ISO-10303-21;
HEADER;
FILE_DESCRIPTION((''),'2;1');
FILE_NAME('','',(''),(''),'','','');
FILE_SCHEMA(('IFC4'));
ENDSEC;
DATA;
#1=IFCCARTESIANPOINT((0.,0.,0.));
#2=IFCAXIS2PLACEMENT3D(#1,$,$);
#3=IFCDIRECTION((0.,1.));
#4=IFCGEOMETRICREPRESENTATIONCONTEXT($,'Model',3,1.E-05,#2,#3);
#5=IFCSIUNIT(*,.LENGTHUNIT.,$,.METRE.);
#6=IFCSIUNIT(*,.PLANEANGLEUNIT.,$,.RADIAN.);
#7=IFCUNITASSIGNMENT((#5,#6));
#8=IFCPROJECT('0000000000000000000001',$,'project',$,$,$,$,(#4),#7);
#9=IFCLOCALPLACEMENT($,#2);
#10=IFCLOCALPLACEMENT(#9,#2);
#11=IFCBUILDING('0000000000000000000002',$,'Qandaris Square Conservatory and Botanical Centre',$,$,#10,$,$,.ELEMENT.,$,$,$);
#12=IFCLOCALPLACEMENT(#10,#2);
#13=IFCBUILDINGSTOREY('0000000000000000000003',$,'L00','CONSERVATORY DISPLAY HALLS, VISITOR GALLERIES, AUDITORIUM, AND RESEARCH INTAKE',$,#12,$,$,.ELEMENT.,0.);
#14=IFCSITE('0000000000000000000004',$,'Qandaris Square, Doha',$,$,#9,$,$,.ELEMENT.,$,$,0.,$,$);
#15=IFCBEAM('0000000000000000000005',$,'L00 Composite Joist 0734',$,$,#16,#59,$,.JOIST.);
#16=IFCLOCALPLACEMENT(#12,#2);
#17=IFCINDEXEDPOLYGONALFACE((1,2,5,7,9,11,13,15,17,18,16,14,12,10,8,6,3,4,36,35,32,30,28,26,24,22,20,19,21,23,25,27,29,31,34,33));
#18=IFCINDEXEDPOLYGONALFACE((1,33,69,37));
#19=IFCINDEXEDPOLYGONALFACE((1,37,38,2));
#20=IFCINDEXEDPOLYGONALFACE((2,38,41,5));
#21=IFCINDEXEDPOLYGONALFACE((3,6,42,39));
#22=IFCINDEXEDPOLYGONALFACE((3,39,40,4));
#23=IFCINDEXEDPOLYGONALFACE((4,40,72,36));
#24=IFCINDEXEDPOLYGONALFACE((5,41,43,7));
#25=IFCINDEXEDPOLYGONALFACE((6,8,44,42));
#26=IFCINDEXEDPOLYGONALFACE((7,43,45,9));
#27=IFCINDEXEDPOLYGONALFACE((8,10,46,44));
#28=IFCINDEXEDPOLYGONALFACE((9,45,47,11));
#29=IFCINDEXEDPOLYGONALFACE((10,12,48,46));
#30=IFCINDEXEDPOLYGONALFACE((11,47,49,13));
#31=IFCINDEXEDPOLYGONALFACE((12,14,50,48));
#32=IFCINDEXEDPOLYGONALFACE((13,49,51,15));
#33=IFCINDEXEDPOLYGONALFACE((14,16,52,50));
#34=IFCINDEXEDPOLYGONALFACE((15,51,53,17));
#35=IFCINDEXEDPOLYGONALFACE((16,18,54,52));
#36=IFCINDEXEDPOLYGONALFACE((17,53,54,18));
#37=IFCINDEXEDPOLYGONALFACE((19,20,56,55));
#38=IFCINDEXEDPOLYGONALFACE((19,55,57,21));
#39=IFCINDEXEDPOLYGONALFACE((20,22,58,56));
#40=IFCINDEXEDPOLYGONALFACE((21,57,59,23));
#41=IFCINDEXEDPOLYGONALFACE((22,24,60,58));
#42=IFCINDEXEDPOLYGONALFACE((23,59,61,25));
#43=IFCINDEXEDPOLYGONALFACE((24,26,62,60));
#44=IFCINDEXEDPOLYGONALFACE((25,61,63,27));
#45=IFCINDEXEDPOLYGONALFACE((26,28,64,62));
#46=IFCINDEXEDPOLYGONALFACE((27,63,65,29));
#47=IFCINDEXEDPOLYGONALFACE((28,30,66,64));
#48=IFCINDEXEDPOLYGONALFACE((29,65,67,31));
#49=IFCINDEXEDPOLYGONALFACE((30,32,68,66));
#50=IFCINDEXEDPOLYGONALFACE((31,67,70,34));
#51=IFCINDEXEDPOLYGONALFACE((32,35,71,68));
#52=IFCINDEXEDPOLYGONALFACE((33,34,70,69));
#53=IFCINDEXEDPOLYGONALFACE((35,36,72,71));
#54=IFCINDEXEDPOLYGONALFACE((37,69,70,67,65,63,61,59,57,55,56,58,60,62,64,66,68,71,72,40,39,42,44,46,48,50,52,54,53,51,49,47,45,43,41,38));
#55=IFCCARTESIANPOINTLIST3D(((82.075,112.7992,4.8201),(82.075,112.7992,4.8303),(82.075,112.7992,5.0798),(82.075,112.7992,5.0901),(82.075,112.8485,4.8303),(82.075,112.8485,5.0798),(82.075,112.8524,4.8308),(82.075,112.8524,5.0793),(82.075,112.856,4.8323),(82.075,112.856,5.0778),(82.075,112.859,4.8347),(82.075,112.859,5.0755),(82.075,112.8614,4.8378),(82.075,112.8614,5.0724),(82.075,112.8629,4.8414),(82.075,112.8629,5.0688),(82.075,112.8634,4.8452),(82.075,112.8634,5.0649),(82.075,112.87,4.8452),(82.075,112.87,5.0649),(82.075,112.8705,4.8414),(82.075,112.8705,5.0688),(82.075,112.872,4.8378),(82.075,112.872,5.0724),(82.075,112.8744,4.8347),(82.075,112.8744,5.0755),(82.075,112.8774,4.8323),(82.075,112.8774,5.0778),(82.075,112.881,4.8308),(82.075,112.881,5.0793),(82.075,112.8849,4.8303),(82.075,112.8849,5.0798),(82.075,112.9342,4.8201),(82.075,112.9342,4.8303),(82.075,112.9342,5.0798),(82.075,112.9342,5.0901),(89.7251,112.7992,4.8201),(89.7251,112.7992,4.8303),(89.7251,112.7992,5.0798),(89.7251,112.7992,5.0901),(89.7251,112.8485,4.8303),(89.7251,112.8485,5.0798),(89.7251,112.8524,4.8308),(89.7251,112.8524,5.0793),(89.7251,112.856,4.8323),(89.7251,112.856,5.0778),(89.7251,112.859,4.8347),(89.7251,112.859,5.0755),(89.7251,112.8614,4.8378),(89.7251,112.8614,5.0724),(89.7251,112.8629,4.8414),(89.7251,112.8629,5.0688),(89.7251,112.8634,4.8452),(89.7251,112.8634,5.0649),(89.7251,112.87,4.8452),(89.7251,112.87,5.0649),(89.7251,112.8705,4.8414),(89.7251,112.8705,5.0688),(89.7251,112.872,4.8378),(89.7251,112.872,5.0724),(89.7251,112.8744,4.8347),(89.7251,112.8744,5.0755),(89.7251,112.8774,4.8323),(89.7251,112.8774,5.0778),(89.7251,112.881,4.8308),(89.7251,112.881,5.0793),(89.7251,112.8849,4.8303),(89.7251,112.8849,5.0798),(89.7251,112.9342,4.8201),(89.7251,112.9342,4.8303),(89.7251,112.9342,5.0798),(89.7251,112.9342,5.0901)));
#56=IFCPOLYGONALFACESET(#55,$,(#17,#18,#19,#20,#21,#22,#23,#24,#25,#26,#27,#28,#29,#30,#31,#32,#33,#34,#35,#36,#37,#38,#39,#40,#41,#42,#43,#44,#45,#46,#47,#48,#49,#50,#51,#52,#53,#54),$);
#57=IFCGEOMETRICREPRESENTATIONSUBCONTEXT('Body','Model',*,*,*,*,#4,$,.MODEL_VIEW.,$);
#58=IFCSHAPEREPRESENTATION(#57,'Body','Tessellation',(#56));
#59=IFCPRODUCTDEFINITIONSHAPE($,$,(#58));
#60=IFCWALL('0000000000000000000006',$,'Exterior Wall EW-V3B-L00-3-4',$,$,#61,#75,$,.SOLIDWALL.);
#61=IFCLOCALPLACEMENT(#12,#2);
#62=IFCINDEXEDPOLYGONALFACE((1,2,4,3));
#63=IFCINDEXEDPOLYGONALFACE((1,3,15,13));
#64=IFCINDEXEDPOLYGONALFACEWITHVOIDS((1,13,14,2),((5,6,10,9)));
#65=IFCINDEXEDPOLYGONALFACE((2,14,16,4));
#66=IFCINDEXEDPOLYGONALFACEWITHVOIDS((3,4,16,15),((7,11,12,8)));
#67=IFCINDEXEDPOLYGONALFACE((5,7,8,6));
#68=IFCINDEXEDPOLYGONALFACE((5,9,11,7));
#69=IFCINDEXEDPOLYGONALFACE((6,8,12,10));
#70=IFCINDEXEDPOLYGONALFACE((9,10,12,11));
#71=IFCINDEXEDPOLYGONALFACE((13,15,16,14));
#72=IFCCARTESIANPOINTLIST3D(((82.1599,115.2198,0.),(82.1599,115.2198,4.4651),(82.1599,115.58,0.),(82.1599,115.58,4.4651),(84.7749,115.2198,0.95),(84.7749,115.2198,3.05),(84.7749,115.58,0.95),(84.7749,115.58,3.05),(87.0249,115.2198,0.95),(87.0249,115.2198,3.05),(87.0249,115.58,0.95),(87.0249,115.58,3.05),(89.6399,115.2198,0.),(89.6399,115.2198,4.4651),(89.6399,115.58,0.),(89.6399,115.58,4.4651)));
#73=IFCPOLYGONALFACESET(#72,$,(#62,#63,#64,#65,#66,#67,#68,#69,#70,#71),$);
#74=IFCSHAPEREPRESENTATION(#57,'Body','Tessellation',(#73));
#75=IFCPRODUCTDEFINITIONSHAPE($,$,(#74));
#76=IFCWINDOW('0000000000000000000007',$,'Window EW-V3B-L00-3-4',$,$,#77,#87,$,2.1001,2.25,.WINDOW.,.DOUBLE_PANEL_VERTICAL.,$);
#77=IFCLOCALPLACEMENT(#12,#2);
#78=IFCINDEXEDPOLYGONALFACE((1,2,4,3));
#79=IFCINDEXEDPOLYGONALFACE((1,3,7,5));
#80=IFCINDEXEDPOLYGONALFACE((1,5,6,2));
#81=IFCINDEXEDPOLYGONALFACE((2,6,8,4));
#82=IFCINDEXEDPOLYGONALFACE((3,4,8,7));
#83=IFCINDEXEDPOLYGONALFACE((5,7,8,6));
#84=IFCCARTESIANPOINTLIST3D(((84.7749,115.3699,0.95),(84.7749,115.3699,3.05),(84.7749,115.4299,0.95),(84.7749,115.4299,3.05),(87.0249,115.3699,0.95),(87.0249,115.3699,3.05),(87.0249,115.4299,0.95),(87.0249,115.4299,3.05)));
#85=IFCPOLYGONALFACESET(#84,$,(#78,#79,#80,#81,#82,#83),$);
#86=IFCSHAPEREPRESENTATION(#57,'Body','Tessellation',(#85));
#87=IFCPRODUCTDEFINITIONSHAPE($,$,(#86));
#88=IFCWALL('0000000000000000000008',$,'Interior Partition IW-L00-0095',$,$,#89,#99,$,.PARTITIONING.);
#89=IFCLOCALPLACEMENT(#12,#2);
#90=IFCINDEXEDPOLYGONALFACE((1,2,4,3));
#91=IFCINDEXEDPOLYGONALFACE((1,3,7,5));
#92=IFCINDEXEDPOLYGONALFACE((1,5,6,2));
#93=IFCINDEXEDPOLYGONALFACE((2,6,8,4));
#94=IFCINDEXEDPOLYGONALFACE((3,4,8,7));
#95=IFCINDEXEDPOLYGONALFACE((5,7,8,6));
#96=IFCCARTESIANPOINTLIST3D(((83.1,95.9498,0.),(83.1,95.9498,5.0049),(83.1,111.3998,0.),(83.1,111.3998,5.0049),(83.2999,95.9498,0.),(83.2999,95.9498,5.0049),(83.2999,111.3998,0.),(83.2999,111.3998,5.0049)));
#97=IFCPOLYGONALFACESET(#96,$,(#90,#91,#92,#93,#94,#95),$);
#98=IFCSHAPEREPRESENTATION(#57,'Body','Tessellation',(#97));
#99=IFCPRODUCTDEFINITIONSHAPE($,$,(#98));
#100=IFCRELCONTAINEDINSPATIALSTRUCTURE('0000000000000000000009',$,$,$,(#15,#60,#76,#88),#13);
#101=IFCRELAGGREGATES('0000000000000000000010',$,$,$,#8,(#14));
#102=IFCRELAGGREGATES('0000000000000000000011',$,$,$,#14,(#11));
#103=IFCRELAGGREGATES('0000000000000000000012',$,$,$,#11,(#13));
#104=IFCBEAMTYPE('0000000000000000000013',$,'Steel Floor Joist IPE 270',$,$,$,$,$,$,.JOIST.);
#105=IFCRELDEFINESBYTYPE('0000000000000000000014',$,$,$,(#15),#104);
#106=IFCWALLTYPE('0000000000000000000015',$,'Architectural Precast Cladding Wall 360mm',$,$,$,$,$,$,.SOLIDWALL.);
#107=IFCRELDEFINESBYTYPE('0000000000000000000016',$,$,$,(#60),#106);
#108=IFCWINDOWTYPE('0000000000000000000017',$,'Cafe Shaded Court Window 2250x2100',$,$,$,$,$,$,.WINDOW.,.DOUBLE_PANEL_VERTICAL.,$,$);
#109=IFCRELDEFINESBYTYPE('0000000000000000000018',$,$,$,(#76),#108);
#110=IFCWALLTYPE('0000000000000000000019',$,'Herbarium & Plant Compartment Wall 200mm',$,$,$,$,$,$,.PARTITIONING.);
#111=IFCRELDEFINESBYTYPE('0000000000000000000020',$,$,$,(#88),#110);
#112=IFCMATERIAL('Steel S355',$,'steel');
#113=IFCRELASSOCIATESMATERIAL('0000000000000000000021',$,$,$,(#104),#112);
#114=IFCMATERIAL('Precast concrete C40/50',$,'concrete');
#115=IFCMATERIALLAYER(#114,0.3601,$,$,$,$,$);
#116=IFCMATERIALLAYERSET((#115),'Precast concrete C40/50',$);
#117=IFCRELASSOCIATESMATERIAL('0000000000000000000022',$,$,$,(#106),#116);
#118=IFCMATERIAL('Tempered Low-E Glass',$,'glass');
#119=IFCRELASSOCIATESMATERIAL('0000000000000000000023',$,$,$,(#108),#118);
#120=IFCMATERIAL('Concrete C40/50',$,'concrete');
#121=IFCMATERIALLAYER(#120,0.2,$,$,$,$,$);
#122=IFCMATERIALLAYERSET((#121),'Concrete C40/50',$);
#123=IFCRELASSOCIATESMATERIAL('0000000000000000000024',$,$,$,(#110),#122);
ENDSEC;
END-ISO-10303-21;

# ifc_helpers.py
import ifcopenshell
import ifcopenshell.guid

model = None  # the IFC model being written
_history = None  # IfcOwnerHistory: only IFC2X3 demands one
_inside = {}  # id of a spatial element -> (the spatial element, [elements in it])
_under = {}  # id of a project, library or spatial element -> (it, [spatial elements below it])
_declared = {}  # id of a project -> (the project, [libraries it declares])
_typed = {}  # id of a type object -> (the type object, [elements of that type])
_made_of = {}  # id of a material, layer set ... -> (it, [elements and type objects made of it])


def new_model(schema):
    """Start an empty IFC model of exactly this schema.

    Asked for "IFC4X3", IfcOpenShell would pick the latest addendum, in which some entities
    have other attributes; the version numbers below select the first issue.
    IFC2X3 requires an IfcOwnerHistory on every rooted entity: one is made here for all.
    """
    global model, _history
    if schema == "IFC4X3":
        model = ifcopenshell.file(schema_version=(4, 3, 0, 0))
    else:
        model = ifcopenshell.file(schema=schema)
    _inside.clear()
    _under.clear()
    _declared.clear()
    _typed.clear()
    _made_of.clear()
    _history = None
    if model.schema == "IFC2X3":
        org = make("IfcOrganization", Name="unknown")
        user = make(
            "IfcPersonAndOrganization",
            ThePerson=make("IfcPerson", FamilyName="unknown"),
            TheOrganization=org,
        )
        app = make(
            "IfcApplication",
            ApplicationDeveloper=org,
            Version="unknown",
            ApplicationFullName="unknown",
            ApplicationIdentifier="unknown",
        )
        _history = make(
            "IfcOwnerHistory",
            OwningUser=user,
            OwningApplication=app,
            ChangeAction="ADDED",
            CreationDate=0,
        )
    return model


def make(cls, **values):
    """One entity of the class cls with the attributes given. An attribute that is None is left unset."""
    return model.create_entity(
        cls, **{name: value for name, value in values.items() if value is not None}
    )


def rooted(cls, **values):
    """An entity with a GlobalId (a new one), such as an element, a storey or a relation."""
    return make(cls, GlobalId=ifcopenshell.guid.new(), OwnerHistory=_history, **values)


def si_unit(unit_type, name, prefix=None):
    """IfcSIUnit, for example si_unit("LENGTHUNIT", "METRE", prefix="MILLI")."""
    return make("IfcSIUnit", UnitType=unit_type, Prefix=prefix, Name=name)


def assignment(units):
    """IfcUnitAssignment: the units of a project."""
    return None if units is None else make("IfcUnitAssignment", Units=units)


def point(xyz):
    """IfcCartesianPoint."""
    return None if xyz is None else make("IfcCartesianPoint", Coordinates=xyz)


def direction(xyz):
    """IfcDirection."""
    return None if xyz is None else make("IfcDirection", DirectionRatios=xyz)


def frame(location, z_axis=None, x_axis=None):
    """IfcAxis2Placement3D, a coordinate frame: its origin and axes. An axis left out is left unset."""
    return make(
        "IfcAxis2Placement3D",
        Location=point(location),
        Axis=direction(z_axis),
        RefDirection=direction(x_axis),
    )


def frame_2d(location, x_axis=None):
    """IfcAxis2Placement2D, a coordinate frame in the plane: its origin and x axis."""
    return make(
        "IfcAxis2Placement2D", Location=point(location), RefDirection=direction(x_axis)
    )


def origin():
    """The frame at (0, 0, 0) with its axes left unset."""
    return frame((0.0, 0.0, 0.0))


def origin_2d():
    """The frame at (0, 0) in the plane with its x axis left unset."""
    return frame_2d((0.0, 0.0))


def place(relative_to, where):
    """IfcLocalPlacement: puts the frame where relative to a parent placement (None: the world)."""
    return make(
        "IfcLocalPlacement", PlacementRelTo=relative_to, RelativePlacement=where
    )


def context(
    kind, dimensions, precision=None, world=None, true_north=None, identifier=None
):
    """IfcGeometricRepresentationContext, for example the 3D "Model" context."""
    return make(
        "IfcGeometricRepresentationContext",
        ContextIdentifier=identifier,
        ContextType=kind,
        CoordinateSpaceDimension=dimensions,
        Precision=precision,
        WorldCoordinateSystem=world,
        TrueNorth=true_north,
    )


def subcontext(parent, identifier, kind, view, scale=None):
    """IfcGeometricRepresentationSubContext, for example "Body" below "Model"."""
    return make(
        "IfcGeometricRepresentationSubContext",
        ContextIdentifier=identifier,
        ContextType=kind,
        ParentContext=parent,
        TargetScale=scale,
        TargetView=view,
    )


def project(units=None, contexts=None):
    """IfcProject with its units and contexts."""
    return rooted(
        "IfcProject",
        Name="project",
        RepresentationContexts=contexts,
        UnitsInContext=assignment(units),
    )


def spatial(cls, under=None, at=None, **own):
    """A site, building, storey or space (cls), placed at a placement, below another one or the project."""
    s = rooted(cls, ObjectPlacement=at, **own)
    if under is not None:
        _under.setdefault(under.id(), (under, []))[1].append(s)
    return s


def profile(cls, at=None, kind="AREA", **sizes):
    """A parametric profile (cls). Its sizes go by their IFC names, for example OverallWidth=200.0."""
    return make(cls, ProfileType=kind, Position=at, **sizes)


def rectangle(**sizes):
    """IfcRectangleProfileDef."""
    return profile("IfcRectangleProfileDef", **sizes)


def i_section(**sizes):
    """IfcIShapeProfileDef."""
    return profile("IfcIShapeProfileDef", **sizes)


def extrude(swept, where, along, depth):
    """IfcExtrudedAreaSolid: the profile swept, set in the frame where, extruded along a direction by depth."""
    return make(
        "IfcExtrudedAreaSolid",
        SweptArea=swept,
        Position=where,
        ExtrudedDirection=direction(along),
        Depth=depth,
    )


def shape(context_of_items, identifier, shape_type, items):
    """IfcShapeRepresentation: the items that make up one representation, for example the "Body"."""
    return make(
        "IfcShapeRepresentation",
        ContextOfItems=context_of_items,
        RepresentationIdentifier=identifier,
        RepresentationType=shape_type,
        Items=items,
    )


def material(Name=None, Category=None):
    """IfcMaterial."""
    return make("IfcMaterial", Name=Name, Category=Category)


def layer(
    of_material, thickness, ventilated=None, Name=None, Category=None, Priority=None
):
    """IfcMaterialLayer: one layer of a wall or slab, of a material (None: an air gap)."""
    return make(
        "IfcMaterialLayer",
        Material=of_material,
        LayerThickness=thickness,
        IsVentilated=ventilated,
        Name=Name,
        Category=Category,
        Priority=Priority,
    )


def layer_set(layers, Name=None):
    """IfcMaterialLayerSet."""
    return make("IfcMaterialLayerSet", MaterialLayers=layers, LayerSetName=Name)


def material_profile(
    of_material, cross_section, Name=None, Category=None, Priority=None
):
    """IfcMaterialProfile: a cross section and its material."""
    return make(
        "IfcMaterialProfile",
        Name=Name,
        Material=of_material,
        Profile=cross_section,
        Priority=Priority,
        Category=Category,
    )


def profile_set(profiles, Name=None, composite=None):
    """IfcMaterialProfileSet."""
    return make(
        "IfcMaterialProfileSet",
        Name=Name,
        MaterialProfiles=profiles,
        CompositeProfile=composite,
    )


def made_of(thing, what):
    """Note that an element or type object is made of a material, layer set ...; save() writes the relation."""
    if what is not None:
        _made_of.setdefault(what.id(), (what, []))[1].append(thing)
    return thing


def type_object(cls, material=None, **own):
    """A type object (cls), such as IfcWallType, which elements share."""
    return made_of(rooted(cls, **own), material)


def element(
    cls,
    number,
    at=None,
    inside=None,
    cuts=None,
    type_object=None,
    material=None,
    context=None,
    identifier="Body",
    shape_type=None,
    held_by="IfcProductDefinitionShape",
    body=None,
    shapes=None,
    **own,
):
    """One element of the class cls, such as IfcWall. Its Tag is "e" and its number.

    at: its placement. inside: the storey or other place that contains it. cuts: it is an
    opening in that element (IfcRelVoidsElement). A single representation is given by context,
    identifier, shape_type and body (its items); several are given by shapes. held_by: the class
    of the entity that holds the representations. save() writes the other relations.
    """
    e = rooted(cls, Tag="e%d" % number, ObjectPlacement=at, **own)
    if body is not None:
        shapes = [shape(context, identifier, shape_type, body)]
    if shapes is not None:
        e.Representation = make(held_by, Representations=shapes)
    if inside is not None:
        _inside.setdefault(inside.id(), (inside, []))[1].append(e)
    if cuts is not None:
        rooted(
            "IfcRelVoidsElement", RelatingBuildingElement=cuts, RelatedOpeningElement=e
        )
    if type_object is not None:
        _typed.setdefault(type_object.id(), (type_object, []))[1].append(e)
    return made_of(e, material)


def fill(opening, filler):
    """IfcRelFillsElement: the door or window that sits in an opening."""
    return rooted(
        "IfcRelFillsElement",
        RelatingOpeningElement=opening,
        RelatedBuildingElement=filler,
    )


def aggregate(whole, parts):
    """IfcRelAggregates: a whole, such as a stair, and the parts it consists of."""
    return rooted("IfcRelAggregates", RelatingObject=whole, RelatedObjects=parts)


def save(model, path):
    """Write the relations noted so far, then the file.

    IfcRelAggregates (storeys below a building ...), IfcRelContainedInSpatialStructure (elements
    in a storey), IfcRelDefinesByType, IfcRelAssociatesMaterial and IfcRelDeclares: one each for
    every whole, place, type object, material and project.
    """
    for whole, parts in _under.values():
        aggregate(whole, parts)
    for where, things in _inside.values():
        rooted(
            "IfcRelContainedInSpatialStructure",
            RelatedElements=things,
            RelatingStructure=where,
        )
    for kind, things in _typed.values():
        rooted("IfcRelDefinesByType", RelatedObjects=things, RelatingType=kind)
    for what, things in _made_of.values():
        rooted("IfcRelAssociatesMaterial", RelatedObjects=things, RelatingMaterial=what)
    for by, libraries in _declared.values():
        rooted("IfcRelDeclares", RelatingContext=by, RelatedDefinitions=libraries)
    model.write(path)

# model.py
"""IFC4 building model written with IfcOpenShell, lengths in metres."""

from ifc_helpers import new_model, si_unit, direction, frame, frame_2d, origin, origin_2d, place, context, subcontext, project, spatial, rectangle, i_section, extrude, material, layer, layer_set, material_profile, profile_set, type_object, element, fill, save


model = new_model("IFC4")

# Units and contexts
model_context = context("Model", 3, precision=1e-05, world=origin(), true_north=direction((0.0, 1.0)))
body_context = subcontext(model_context, "Body", "Model", "MODEL_VIEW")
ifc_project = project(units=[si_unit("LENGTHUNIT", "METRE"), si_unit("PLANEANGLEUNIT", "RADIAN")], contexts=[model_context])

# Site, building, storey
site_placement = place(None, origin())
site = spatial("IfcSite", under=ifc_project, at=site_placement, Name="Qandaris Square, Doha", CompositionType="ELEMENT", RefElevation=0.0)
building_placement = place(site_placement, origin())
building = spatial("IfcBuilding", under=site, at=building_placement, Name="Qandaris Square Conservatory and Botanical Centre", CompositionType="ELEMENT")
storey_placement = place(building_placement, origin())
storey = spatial("IfcBuildingStorey", under=building, at=storey_placement, Name="L00", Description="CONSERVATORY DISPLAY HALLS, VISITOR GALLERIES, AUDITORIUM, AND RESEARCH INTAKE", CompositionType="ELEMENT", Elevation=0.0)

# Shared definitions
ifc_material_1 = material(Name="Concrete C40/50", Category="concrete")

# Beam
ifc_material_2 = material(Name="Steel S355", Category="steel")
ifc_material_profile_1 = material_profile(ifc_material_2, i_section(OverallWidth=0.135, OverallDepth=0.27, WebThickness=0.0066, FlangeThickness=0.0103, FilletRadius=0.0149, at=origin_2d()), Name="IPE 270")
ifc_profile_set_1 = profile_set([ifc_material_profile_1], Name="Steel S355")
beam_type_1 = type_object("IfcBeamType", Name="Steel Floor Joist IPE 270", PredefinedType="JOIST", material=ifc_profile_set_1)
beam_1_placement = place(storey_placement, frame((82.075, 112.8667, 4.9551), z_axis=(1.0, 0.0, 0.0), x_axis=(0.0, 1.0, 0.0)))
element("IfcBeam", 1, at=beam_1_placement, inside=storey, type_object=beam_type_1, Name="L00 Composite Joist 0734", PredefinedType="JOIST", context=body_context, shape_type="SweptSolid", body=[
    extrude(i_section(OverallWidth=0.135, OverallDepth=0.27, WebThickness=0.0066, FlangeThickness=0.0103, FilletRadius=0.0149, at=origin_2d()), origin(), (0.0, 0.0, 1.0), 7.6501),
])

# Wall, opening, window
ifc_material_3 = material(Name="Precast concrete C40/50", Category="concrete")
ifc_layer_1 = layer(ifc_material_3, 0.3601)
ifc_layer_set_1 = layer_set([ifc_layer_1], Name="Precast concrete C40/50")
wall_type_1 = type_object("IfcWallType", Name="Architectural Precast Cladding Wall 360mm", PredefinedType="SOLIDWALL", material=ifc_layer_set_1)
wall_1_placement = place(storey_placement, frame((89.6399, 115.3999, 0.0), z_axis=(0.0, 0.0, 1.0), x_axis=(-1.0, 0.0, 0.0)))
wall_1 = element("IfcWall", 2, at=wall_1_placement, inside=storey, type_object=wall_type_1, Name="Exterior Wall EW-V3B-L00-3-4", PredefinedType="SOLIDWALL", context=body_context, shape_type="SweptSolid", body=[
    extrude(rectangle(XDim=7.48, YDim=0.3601, at=frame_2d((3.74, 0.0))), origin(), (0.0, 0.0, 1.0), 4.4651),
])
opening_placement = place(wall_1_placement, frame((2.615, 0.0, 0.95)))
opening = element("IfcOpeningElement", 3, at=opening_placement, cuts=wall_1, PredefinedType="OPENING", context=body_context, shape_type="SweptSolid", body=[
    extrude(rectangle(XDim=2.25, YDim=2.1001, at=frame_2d((1.125, 1.05))), frame((0.0, 0.1919, 0.0), z_axis=(0.0, -1.0, 0.0), x_axis=(1.0, 0.0, 0.0)), (0.0, 0.0, 1.0), 0.384),
])
ifc_material_4 = material(Name="Tempered Low-E Glass", Category="glass")
window_type = type_object("IfcWindowType", Name="Cafe Shaded Court Window 2250x2100", PartitioningType="DOUBLE_PANEL_VERTICAL", PredefinedType="WINDOW", material=ifc_material_4)
window_placement = place(opening_placement, origin())
window = element("IfcWindow", 4, at=window_placement, inside=storey, type_object=window_type, Name="Window EW-V3B-L00-3-4", OverallHeight=2.1001, OverallWidth=2.25, PartitioningType="DOUBLE_PANEL_VERTICAL", PredefinedType="WINDOW", context=body_context, shape_type="SweptSolid", body=[
    extrude(rectangle(XDim=2.25, YDim=2.1001, at=frame_2d((1.125, 1.05))), frame((0.0, 0.03, 0.0), z_axis=(0.0, -1.0, 0.0), x_axis=(1.0, 0.0, 0.0)), (0.0, 0.0, 1.0), 0.0601),
])
fill(opening, window)

# Wall
ifc_layer_2 = layer(ifc_material_1, 0.2)
ifc_layer_set_2 = layer_set([ifc_layer_2], Name="Concrete C40/50")
wall_type_2 = type_object("IfcWallType", Name="Herbarium & Plant Compartment Wall 200mm", PredefinedType="PARTITIONING", material=ifc_layer_set_2)
wall_2_placement = place(storey_placement, frame((83.2, 111.3999, 0.0), z_axis=(0.0, 0.0, 1.0), x_axis=(0.0, -1.0, 0.0)))
element("IfcWall", 5, at=wall_2_placement, inside=storey, type_object=wall_type_2, Name="Interior Partition IW-L00-0095", PredefinedType="PARTITIONING", context=body_context, shape_type="SweptSolid", body=[
    extrude(rectangle(XDim=15.45, YDim=0.2, at=frame_2d((7.7251, 0.0))), origin(), (0.0, 0.0, 1.0), 5.0049),
])

save(model, "model.ifc")
